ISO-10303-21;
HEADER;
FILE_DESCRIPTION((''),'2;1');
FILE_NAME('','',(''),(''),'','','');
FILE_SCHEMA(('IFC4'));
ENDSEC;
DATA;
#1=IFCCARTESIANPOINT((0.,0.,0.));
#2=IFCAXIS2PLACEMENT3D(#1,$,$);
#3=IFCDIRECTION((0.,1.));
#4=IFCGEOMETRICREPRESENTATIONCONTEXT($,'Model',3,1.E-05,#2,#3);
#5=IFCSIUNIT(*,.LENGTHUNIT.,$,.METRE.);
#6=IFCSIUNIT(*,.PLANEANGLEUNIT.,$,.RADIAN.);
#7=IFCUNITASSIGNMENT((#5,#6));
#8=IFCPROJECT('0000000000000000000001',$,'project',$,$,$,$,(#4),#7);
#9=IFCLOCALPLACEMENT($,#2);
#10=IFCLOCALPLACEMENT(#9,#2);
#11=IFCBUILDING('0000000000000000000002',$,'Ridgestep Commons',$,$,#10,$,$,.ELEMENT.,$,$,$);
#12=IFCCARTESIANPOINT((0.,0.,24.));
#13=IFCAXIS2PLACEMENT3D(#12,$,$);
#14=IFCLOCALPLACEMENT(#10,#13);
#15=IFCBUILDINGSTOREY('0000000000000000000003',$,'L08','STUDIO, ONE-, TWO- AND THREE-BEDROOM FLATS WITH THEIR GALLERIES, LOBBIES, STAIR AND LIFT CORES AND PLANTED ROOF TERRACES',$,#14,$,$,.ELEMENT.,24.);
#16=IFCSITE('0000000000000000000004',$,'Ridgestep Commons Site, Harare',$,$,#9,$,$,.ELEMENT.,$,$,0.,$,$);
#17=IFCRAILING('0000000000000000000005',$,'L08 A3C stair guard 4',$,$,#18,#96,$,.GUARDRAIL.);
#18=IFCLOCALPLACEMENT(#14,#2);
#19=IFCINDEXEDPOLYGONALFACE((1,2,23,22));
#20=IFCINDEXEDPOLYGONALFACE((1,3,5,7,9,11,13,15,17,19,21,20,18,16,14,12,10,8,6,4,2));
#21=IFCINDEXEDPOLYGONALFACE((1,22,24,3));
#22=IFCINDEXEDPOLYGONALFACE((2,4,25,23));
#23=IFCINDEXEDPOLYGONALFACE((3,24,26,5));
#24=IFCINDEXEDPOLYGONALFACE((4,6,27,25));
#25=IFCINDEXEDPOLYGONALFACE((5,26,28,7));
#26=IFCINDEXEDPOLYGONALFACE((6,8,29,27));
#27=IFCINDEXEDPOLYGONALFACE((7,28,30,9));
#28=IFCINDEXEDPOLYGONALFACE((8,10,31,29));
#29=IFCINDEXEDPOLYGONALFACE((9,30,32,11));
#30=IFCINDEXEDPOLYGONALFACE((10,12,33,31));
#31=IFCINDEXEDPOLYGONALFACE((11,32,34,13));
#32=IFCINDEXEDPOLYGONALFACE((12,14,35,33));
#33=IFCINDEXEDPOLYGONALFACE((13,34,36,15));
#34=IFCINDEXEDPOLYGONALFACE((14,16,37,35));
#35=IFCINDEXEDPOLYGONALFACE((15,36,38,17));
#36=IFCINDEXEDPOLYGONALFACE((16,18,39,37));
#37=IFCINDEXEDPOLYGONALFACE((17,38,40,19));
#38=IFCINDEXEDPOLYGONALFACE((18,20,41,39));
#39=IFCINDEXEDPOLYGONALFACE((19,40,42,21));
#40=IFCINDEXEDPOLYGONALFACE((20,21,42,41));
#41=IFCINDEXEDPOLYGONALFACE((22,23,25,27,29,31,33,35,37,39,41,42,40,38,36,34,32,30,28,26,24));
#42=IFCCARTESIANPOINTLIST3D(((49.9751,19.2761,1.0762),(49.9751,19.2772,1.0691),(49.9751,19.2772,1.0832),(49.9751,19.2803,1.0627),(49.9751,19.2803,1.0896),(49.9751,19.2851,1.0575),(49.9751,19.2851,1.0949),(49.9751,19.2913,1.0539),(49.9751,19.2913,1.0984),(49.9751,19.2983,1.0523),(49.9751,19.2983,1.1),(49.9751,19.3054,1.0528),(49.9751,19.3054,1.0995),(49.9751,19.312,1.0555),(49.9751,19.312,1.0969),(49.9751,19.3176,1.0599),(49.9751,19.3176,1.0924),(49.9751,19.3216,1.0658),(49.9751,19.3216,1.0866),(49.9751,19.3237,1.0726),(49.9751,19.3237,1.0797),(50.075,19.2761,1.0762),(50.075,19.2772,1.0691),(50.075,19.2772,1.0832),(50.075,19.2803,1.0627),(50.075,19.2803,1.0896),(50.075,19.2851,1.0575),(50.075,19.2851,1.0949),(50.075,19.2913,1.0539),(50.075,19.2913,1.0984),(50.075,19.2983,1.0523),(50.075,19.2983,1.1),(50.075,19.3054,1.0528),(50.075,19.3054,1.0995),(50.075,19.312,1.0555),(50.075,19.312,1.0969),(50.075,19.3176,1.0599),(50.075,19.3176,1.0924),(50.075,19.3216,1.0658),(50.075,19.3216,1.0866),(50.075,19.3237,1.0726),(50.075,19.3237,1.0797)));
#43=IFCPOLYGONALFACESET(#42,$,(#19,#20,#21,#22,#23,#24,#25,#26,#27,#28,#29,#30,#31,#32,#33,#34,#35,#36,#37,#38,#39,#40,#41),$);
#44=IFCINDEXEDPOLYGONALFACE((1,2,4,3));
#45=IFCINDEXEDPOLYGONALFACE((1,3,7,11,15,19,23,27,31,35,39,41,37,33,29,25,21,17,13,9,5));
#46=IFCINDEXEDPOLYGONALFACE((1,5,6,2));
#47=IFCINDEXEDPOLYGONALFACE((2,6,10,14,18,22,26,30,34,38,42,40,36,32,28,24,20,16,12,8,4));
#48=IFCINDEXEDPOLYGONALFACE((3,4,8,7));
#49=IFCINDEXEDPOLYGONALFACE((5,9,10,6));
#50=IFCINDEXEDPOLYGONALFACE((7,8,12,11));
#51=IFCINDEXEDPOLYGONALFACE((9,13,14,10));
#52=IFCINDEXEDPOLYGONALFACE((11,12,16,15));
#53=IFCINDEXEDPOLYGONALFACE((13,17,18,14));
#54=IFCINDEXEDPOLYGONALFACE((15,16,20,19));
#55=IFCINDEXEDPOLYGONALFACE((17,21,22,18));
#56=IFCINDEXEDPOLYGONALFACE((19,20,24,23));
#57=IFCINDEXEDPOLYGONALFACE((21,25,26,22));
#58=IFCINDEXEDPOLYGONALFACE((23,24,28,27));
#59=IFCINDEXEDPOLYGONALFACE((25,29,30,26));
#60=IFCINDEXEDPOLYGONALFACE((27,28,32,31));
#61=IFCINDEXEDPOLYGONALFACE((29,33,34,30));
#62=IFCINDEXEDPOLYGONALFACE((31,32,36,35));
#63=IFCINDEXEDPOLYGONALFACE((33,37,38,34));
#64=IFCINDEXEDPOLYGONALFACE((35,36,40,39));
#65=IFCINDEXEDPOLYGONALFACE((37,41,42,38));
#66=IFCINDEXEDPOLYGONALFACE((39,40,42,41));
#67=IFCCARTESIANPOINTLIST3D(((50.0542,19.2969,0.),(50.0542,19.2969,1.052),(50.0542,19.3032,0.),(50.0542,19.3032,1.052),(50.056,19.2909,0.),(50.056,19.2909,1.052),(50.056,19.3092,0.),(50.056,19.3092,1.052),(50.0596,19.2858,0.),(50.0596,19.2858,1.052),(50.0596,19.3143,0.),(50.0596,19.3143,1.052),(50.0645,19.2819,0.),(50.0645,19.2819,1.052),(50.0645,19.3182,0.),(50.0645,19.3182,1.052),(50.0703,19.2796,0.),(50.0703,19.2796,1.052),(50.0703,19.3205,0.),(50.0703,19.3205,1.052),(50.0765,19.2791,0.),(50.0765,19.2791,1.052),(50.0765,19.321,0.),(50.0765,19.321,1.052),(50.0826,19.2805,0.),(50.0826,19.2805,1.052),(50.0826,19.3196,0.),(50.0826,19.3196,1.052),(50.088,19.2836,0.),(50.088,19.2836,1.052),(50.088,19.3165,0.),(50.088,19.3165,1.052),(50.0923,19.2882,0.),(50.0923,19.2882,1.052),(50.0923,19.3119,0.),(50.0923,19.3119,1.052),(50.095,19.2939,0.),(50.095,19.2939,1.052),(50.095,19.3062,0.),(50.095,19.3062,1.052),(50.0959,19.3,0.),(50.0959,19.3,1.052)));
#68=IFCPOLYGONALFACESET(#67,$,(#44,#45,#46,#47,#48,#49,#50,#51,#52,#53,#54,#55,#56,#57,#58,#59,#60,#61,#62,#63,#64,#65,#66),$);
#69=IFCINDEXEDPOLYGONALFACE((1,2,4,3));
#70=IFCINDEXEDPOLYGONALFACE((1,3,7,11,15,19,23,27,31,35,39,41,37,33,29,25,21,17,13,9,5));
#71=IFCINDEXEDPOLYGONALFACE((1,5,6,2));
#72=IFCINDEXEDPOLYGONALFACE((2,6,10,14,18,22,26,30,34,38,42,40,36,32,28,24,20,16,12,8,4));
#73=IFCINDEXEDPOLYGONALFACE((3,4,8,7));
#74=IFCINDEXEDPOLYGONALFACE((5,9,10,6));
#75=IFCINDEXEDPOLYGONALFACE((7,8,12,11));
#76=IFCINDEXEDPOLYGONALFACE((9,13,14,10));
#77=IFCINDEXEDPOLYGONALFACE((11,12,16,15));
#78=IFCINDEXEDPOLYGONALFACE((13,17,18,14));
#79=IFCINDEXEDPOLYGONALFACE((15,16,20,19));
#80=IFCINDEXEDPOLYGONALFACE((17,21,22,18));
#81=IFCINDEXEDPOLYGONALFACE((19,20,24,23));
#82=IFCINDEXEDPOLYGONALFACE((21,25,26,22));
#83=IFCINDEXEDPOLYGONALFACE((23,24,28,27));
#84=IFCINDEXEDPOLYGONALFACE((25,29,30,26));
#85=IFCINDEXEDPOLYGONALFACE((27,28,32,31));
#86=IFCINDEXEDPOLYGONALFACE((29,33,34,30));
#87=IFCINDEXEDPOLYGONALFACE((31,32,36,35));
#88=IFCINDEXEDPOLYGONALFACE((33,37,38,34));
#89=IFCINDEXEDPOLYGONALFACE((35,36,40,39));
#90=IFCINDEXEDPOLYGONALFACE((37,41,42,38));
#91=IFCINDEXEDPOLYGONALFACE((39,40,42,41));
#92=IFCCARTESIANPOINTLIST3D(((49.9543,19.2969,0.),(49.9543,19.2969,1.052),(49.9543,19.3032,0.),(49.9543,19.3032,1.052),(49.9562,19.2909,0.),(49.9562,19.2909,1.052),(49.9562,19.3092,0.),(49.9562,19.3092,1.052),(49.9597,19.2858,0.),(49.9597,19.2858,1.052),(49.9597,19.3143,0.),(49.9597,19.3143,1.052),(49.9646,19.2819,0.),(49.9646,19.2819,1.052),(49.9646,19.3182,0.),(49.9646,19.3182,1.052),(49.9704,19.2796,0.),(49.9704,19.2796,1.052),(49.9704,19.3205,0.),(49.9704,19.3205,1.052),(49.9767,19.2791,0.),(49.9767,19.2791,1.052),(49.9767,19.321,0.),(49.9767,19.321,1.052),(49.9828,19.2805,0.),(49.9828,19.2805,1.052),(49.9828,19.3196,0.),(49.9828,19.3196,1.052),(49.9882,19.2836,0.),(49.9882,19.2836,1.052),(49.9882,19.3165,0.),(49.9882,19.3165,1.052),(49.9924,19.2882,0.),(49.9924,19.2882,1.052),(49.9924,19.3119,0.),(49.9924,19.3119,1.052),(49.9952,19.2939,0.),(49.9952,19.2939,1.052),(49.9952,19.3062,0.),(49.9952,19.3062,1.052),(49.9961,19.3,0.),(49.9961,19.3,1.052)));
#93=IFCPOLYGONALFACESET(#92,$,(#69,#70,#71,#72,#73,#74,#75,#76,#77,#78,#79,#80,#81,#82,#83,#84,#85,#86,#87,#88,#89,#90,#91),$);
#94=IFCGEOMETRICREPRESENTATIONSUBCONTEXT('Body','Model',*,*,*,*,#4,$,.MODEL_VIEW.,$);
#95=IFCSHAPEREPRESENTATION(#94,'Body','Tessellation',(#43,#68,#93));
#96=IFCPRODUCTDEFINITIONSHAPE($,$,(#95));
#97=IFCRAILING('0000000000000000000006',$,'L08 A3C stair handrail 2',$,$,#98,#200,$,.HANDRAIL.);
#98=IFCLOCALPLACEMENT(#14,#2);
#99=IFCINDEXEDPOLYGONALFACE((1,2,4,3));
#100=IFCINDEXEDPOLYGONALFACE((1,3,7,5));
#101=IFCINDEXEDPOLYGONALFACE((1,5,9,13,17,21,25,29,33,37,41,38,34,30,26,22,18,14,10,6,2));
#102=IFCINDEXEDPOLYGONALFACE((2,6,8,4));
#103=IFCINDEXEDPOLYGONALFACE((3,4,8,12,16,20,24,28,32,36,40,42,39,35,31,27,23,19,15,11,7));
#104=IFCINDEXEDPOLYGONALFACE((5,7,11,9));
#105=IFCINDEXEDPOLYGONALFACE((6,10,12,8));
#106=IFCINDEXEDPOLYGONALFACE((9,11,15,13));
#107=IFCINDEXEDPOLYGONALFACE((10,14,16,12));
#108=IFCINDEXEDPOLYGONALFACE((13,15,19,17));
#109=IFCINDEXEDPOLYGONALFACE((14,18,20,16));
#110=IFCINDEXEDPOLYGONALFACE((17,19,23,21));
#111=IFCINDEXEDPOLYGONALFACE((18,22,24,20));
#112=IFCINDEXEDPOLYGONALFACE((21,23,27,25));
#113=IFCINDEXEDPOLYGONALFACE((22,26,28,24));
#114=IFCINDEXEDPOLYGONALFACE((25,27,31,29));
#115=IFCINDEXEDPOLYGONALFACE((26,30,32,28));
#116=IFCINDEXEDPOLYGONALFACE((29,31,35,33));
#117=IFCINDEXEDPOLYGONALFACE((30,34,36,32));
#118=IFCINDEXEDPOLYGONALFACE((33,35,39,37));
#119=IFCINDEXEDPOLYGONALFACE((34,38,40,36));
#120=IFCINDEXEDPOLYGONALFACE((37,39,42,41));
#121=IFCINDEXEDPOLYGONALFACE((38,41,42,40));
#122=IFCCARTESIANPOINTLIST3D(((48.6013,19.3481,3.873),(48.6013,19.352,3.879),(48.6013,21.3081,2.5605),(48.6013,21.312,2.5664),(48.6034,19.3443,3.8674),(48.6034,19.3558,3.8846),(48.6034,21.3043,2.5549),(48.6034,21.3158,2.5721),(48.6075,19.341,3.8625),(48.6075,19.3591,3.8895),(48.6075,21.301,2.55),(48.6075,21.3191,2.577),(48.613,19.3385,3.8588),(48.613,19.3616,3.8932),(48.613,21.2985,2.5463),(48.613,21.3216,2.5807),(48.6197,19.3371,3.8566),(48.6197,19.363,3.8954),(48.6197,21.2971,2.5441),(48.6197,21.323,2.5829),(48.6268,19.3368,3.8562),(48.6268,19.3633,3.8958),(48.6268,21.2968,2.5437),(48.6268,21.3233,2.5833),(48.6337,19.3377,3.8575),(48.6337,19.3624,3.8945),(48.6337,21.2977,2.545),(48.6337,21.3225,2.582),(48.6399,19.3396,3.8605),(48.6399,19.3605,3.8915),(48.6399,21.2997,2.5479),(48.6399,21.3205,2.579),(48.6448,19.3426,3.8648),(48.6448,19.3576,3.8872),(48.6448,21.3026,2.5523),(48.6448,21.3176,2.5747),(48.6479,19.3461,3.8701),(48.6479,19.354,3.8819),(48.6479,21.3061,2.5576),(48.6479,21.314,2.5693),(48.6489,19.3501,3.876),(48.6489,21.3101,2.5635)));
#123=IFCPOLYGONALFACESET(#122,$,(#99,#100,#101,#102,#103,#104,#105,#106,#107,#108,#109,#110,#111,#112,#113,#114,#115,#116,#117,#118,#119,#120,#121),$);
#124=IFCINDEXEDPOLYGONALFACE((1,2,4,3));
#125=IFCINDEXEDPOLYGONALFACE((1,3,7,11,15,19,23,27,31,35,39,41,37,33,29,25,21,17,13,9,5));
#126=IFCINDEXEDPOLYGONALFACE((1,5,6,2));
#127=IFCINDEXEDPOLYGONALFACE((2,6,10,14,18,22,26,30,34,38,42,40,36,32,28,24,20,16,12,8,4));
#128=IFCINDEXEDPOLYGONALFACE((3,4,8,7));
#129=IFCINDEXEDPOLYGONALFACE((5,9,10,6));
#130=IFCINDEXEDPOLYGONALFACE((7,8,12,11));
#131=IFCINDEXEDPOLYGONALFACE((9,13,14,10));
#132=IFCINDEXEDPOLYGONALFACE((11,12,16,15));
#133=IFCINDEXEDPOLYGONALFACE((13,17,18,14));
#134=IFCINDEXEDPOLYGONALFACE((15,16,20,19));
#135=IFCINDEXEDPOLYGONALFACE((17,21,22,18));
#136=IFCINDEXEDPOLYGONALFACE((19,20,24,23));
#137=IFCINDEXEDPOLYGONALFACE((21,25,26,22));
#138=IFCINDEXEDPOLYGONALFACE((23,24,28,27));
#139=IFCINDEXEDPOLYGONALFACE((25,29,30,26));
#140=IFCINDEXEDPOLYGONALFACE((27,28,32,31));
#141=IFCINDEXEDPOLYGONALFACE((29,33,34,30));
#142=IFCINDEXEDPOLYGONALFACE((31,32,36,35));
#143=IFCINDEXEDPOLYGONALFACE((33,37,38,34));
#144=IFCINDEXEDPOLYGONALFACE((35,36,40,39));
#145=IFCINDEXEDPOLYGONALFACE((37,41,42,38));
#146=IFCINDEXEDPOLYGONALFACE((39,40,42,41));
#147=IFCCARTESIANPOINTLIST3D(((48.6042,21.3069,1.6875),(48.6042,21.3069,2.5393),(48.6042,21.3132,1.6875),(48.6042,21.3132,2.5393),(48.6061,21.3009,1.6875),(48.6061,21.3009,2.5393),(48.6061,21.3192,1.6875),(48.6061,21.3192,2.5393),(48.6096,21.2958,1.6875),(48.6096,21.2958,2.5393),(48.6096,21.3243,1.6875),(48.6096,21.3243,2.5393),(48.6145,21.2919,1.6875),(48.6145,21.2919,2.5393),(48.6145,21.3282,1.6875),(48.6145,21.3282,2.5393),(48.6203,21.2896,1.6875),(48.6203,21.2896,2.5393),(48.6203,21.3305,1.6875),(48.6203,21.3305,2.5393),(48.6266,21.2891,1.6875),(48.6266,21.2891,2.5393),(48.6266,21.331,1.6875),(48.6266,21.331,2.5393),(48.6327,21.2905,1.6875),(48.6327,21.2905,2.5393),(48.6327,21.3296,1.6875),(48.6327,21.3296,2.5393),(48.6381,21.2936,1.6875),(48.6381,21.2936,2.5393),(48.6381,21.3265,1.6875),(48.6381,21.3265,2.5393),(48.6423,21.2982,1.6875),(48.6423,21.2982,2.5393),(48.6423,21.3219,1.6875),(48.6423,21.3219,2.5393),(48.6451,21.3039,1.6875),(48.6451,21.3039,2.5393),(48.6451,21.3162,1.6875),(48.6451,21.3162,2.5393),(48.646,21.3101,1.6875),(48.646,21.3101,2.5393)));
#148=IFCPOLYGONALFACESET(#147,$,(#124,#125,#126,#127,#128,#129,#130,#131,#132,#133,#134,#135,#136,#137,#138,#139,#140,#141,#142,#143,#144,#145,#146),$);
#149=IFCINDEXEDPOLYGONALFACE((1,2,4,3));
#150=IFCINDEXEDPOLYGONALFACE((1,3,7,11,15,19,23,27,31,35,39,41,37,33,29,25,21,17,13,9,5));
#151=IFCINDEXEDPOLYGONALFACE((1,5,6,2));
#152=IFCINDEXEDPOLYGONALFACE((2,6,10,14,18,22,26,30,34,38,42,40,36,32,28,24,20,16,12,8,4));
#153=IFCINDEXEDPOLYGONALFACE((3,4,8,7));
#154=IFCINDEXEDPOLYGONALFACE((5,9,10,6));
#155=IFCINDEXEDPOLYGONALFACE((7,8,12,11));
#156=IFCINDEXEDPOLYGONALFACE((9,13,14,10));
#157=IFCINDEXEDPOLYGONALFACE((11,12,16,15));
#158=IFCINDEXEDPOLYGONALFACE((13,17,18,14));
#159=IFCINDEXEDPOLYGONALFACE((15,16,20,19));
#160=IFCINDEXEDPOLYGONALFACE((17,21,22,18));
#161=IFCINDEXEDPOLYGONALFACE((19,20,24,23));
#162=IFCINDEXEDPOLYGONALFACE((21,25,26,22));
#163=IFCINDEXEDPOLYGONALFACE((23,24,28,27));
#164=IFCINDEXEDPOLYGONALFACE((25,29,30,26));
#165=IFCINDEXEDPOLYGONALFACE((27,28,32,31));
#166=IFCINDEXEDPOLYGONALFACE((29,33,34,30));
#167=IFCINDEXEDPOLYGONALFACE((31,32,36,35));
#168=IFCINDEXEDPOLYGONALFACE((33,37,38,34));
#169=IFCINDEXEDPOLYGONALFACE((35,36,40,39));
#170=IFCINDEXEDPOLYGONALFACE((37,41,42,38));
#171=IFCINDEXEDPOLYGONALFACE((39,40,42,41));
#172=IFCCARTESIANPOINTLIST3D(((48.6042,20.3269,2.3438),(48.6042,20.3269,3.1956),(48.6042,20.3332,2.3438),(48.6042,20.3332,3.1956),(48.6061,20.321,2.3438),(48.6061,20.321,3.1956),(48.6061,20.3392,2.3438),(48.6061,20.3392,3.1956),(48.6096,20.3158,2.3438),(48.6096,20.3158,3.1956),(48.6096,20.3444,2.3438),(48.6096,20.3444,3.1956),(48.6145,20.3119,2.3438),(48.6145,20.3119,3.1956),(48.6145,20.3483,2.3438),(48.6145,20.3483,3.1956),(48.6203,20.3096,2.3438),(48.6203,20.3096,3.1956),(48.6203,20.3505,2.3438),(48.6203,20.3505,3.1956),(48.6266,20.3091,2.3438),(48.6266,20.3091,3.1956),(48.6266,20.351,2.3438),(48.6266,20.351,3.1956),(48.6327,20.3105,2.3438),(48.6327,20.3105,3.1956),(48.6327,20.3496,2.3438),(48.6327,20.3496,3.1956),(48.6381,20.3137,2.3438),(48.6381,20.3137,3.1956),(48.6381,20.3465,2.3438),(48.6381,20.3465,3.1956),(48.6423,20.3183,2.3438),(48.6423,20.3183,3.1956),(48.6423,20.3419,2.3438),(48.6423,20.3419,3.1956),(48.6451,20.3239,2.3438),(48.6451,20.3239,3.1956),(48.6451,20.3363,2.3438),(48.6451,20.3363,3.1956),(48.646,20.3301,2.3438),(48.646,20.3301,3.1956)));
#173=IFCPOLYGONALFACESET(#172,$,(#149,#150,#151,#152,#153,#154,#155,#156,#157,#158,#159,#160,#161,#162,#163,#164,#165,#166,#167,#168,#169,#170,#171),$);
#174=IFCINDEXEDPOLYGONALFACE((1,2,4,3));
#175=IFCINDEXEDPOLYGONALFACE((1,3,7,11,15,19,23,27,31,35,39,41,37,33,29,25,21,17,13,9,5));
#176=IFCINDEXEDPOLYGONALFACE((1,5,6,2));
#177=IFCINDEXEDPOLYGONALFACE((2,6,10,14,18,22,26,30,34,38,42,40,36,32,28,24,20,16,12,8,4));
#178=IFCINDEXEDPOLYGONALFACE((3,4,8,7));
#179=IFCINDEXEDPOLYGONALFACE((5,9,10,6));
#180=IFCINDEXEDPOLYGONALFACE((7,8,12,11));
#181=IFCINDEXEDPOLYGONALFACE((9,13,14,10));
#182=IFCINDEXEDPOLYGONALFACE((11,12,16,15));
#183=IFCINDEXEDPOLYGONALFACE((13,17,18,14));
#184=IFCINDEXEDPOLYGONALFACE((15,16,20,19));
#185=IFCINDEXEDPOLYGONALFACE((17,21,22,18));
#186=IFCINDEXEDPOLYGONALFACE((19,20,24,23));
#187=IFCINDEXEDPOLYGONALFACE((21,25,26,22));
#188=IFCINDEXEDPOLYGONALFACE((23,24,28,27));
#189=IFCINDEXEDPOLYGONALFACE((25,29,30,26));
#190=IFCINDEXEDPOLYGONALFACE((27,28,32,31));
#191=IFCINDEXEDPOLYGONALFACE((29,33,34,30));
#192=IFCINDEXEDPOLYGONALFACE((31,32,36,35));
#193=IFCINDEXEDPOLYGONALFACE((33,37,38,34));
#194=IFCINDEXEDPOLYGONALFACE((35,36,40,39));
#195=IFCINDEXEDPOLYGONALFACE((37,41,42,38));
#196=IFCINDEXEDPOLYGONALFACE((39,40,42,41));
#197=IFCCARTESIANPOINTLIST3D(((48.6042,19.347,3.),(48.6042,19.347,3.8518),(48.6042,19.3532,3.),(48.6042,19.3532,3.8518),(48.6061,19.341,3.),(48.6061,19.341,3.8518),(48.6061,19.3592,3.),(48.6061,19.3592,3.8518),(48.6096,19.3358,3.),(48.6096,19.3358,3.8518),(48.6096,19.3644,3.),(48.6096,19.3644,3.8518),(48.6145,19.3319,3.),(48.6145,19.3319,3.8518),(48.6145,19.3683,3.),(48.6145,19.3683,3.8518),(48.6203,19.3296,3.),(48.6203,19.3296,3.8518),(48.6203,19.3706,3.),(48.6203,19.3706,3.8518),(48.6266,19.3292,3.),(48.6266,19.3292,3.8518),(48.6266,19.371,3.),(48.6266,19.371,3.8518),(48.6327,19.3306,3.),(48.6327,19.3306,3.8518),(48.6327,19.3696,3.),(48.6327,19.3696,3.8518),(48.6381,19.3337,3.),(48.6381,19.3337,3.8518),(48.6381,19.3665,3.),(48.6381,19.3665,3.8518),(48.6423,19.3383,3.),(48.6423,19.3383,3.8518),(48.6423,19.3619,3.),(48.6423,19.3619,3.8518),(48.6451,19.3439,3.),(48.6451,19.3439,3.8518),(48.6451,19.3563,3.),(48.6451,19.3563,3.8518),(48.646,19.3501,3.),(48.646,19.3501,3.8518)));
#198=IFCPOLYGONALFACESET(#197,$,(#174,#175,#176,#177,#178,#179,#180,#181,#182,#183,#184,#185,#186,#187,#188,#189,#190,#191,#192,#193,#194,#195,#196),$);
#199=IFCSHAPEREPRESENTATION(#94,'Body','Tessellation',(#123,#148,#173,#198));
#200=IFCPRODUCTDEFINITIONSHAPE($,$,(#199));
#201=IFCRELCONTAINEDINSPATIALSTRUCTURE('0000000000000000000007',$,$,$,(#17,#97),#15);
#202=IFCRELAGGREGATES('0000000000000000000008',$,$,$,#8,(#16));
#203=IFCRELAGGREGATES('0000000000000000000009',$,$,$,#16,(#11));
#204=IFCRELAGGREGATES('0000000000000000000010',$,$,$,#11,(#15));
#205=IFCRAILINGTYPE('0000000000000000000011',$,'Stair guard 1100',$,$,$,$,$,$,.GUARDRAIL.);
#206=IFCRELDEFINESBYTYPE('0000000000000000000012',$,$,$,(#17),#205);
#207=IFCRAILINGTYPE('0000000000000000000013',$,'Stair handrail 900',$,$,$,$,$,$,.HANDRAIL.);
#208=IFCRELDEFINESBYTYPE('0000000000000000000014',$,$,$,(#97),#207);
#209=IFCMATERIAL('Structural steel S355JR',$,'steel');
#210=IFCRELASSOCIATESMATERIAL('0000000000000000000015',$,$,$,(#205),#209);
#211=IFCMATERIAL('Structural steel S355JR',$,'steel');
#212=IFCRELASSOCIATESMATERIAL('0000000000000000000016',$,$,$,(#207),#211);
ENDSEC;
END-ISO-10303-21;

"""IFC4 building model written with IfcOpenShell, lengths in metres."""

from ifc_helpers import new_model, si_unit, direction, frame, origin, origin_2d, place, context, subcontext, project, spatial, circle, extrude, material, type_object, element, save


model = new_model("IFC4")

# Units and contexts
model_context = context("Model", 3, precision=1e-05, world=origin(), true_north=direction((0.0, 1.0)))
body_context = subcontext(model_context, "Body", "Model", "MODEL_VIEW")
ifc_project = project(units=[si_unit("LENGTHUNIT", "METRE"), si_unit("PLANEANGLEUNIT", "RADIAN")], contexts=[model_context])

# Site, building, storey
site_placement = place(None, origin())
site = spatial("IfcSite", under=ifc_project, at=site_placement, Name="Ridgestep Commons Site, Harare", CompositionType="ELEMENT", RefElevation=0.0)
building_placement = place(site_placement, origin())
building = spatial("IfcBuilding", under=site, at=building_placement, Name="Ridgestep Commons", CompositionType="ELEMENT")
storey_placement = place(building_placement, frame((0.0, 0.0, 24.0)))
storey = spatial("IfcBuildingStorey", under=building, at=storey_placement, Name="L08", Description="STUDIO, ONE-, TWO- AND THREE-BEDROOM FLATS WITH THEIR GALLERIES, LOBBIES, STAIR AND LIFT CORES AND PLANTED ROOF TERRACES", CompositionType="ELEMENT", Elevation=24.0)

# Railings
ifc_material_1 = material(Name="Structural steel S355JR", Category="steel")
railing_type_1 = type_object("IfcRailingType", Name="Stair guard 1100", PredefinedType="GUARDRAIL", material=ifc_material_1)
railing_1_placement = place(storey_placement, frame((50.075, 19.3, 0.0)))
element("IfcRailing", 1, at=railing_1_placement, inside=storey, type_object=railing_type_1, Name="L08 A3C stair guard 4", PredefinedType="GUARDRAIL", context=body_context, shape_type="SweptSolid", body=[
    extrude(circle(Radius=0.0239, at=origin_2d()), frame((0.0, 0.0, 1.0762), z_axis=(-1.0, 0.0, 0.0), x_axis=(0.0, -1.0, 0.0)), (0.0, 0.0, 1.0), 0.0999),
    extrude(circle(Radius=0.021, at=origin_2d()), origin(), (0.0, 0.0, 1.0), 1.052),
    extrude(circle(Radius=0.021, at=origin_2d()), frame((-0.0999, 0.0, 0.0)), (0.0, 0.0, 1.0), 1.052),
])
ifc_material_2 = material(Name="Structural steel S355JR", Category="steel")
railing_type_2 = type_object("IfcRailingType", Name="Stair handrail 900", PredefinedType="HANDRAIL", material=ifc_material_2)
railing_2_placement = place(storey_placement, frame((48.625, 21.3101, 1.6875)))
element("IfcRailing", 2, at=railing_2_placement, inside=storey, type_object=railing_type_2, Name="L08 A3C stair handrail 2", PredefinedType="HANDRAIL", context=body_context, shape_type="SweptSolid", body=[
    extrude(circle(Radius=0.0239, at=origin_2d()), frame((0.0, 0.0, 0.876), z_axis=(0.0, -0.830902, 0.556419), x_axis=(1.0, 0.0, 0.0)), (0.0, 0.0, 1.0), 2.3589),
    extrude(circle(Radius=0.021, at=origin_2d()), origin(), (0.0, 0.0, 1.0), 0.8518),
    extrude(circle(Radius=0.021, at=origin_2d()), frame((0.0, -0.98, 0.6562)), (0.0, 0.0, 1.0), 0.8518),
    extrude(circle(Radius=0.021, at=origin_2d()), frame((0.0, -1.96, 1.3125)), (0.0, 0.0, 1.0), 0.8518),
])

save(model, "model.ifc")
